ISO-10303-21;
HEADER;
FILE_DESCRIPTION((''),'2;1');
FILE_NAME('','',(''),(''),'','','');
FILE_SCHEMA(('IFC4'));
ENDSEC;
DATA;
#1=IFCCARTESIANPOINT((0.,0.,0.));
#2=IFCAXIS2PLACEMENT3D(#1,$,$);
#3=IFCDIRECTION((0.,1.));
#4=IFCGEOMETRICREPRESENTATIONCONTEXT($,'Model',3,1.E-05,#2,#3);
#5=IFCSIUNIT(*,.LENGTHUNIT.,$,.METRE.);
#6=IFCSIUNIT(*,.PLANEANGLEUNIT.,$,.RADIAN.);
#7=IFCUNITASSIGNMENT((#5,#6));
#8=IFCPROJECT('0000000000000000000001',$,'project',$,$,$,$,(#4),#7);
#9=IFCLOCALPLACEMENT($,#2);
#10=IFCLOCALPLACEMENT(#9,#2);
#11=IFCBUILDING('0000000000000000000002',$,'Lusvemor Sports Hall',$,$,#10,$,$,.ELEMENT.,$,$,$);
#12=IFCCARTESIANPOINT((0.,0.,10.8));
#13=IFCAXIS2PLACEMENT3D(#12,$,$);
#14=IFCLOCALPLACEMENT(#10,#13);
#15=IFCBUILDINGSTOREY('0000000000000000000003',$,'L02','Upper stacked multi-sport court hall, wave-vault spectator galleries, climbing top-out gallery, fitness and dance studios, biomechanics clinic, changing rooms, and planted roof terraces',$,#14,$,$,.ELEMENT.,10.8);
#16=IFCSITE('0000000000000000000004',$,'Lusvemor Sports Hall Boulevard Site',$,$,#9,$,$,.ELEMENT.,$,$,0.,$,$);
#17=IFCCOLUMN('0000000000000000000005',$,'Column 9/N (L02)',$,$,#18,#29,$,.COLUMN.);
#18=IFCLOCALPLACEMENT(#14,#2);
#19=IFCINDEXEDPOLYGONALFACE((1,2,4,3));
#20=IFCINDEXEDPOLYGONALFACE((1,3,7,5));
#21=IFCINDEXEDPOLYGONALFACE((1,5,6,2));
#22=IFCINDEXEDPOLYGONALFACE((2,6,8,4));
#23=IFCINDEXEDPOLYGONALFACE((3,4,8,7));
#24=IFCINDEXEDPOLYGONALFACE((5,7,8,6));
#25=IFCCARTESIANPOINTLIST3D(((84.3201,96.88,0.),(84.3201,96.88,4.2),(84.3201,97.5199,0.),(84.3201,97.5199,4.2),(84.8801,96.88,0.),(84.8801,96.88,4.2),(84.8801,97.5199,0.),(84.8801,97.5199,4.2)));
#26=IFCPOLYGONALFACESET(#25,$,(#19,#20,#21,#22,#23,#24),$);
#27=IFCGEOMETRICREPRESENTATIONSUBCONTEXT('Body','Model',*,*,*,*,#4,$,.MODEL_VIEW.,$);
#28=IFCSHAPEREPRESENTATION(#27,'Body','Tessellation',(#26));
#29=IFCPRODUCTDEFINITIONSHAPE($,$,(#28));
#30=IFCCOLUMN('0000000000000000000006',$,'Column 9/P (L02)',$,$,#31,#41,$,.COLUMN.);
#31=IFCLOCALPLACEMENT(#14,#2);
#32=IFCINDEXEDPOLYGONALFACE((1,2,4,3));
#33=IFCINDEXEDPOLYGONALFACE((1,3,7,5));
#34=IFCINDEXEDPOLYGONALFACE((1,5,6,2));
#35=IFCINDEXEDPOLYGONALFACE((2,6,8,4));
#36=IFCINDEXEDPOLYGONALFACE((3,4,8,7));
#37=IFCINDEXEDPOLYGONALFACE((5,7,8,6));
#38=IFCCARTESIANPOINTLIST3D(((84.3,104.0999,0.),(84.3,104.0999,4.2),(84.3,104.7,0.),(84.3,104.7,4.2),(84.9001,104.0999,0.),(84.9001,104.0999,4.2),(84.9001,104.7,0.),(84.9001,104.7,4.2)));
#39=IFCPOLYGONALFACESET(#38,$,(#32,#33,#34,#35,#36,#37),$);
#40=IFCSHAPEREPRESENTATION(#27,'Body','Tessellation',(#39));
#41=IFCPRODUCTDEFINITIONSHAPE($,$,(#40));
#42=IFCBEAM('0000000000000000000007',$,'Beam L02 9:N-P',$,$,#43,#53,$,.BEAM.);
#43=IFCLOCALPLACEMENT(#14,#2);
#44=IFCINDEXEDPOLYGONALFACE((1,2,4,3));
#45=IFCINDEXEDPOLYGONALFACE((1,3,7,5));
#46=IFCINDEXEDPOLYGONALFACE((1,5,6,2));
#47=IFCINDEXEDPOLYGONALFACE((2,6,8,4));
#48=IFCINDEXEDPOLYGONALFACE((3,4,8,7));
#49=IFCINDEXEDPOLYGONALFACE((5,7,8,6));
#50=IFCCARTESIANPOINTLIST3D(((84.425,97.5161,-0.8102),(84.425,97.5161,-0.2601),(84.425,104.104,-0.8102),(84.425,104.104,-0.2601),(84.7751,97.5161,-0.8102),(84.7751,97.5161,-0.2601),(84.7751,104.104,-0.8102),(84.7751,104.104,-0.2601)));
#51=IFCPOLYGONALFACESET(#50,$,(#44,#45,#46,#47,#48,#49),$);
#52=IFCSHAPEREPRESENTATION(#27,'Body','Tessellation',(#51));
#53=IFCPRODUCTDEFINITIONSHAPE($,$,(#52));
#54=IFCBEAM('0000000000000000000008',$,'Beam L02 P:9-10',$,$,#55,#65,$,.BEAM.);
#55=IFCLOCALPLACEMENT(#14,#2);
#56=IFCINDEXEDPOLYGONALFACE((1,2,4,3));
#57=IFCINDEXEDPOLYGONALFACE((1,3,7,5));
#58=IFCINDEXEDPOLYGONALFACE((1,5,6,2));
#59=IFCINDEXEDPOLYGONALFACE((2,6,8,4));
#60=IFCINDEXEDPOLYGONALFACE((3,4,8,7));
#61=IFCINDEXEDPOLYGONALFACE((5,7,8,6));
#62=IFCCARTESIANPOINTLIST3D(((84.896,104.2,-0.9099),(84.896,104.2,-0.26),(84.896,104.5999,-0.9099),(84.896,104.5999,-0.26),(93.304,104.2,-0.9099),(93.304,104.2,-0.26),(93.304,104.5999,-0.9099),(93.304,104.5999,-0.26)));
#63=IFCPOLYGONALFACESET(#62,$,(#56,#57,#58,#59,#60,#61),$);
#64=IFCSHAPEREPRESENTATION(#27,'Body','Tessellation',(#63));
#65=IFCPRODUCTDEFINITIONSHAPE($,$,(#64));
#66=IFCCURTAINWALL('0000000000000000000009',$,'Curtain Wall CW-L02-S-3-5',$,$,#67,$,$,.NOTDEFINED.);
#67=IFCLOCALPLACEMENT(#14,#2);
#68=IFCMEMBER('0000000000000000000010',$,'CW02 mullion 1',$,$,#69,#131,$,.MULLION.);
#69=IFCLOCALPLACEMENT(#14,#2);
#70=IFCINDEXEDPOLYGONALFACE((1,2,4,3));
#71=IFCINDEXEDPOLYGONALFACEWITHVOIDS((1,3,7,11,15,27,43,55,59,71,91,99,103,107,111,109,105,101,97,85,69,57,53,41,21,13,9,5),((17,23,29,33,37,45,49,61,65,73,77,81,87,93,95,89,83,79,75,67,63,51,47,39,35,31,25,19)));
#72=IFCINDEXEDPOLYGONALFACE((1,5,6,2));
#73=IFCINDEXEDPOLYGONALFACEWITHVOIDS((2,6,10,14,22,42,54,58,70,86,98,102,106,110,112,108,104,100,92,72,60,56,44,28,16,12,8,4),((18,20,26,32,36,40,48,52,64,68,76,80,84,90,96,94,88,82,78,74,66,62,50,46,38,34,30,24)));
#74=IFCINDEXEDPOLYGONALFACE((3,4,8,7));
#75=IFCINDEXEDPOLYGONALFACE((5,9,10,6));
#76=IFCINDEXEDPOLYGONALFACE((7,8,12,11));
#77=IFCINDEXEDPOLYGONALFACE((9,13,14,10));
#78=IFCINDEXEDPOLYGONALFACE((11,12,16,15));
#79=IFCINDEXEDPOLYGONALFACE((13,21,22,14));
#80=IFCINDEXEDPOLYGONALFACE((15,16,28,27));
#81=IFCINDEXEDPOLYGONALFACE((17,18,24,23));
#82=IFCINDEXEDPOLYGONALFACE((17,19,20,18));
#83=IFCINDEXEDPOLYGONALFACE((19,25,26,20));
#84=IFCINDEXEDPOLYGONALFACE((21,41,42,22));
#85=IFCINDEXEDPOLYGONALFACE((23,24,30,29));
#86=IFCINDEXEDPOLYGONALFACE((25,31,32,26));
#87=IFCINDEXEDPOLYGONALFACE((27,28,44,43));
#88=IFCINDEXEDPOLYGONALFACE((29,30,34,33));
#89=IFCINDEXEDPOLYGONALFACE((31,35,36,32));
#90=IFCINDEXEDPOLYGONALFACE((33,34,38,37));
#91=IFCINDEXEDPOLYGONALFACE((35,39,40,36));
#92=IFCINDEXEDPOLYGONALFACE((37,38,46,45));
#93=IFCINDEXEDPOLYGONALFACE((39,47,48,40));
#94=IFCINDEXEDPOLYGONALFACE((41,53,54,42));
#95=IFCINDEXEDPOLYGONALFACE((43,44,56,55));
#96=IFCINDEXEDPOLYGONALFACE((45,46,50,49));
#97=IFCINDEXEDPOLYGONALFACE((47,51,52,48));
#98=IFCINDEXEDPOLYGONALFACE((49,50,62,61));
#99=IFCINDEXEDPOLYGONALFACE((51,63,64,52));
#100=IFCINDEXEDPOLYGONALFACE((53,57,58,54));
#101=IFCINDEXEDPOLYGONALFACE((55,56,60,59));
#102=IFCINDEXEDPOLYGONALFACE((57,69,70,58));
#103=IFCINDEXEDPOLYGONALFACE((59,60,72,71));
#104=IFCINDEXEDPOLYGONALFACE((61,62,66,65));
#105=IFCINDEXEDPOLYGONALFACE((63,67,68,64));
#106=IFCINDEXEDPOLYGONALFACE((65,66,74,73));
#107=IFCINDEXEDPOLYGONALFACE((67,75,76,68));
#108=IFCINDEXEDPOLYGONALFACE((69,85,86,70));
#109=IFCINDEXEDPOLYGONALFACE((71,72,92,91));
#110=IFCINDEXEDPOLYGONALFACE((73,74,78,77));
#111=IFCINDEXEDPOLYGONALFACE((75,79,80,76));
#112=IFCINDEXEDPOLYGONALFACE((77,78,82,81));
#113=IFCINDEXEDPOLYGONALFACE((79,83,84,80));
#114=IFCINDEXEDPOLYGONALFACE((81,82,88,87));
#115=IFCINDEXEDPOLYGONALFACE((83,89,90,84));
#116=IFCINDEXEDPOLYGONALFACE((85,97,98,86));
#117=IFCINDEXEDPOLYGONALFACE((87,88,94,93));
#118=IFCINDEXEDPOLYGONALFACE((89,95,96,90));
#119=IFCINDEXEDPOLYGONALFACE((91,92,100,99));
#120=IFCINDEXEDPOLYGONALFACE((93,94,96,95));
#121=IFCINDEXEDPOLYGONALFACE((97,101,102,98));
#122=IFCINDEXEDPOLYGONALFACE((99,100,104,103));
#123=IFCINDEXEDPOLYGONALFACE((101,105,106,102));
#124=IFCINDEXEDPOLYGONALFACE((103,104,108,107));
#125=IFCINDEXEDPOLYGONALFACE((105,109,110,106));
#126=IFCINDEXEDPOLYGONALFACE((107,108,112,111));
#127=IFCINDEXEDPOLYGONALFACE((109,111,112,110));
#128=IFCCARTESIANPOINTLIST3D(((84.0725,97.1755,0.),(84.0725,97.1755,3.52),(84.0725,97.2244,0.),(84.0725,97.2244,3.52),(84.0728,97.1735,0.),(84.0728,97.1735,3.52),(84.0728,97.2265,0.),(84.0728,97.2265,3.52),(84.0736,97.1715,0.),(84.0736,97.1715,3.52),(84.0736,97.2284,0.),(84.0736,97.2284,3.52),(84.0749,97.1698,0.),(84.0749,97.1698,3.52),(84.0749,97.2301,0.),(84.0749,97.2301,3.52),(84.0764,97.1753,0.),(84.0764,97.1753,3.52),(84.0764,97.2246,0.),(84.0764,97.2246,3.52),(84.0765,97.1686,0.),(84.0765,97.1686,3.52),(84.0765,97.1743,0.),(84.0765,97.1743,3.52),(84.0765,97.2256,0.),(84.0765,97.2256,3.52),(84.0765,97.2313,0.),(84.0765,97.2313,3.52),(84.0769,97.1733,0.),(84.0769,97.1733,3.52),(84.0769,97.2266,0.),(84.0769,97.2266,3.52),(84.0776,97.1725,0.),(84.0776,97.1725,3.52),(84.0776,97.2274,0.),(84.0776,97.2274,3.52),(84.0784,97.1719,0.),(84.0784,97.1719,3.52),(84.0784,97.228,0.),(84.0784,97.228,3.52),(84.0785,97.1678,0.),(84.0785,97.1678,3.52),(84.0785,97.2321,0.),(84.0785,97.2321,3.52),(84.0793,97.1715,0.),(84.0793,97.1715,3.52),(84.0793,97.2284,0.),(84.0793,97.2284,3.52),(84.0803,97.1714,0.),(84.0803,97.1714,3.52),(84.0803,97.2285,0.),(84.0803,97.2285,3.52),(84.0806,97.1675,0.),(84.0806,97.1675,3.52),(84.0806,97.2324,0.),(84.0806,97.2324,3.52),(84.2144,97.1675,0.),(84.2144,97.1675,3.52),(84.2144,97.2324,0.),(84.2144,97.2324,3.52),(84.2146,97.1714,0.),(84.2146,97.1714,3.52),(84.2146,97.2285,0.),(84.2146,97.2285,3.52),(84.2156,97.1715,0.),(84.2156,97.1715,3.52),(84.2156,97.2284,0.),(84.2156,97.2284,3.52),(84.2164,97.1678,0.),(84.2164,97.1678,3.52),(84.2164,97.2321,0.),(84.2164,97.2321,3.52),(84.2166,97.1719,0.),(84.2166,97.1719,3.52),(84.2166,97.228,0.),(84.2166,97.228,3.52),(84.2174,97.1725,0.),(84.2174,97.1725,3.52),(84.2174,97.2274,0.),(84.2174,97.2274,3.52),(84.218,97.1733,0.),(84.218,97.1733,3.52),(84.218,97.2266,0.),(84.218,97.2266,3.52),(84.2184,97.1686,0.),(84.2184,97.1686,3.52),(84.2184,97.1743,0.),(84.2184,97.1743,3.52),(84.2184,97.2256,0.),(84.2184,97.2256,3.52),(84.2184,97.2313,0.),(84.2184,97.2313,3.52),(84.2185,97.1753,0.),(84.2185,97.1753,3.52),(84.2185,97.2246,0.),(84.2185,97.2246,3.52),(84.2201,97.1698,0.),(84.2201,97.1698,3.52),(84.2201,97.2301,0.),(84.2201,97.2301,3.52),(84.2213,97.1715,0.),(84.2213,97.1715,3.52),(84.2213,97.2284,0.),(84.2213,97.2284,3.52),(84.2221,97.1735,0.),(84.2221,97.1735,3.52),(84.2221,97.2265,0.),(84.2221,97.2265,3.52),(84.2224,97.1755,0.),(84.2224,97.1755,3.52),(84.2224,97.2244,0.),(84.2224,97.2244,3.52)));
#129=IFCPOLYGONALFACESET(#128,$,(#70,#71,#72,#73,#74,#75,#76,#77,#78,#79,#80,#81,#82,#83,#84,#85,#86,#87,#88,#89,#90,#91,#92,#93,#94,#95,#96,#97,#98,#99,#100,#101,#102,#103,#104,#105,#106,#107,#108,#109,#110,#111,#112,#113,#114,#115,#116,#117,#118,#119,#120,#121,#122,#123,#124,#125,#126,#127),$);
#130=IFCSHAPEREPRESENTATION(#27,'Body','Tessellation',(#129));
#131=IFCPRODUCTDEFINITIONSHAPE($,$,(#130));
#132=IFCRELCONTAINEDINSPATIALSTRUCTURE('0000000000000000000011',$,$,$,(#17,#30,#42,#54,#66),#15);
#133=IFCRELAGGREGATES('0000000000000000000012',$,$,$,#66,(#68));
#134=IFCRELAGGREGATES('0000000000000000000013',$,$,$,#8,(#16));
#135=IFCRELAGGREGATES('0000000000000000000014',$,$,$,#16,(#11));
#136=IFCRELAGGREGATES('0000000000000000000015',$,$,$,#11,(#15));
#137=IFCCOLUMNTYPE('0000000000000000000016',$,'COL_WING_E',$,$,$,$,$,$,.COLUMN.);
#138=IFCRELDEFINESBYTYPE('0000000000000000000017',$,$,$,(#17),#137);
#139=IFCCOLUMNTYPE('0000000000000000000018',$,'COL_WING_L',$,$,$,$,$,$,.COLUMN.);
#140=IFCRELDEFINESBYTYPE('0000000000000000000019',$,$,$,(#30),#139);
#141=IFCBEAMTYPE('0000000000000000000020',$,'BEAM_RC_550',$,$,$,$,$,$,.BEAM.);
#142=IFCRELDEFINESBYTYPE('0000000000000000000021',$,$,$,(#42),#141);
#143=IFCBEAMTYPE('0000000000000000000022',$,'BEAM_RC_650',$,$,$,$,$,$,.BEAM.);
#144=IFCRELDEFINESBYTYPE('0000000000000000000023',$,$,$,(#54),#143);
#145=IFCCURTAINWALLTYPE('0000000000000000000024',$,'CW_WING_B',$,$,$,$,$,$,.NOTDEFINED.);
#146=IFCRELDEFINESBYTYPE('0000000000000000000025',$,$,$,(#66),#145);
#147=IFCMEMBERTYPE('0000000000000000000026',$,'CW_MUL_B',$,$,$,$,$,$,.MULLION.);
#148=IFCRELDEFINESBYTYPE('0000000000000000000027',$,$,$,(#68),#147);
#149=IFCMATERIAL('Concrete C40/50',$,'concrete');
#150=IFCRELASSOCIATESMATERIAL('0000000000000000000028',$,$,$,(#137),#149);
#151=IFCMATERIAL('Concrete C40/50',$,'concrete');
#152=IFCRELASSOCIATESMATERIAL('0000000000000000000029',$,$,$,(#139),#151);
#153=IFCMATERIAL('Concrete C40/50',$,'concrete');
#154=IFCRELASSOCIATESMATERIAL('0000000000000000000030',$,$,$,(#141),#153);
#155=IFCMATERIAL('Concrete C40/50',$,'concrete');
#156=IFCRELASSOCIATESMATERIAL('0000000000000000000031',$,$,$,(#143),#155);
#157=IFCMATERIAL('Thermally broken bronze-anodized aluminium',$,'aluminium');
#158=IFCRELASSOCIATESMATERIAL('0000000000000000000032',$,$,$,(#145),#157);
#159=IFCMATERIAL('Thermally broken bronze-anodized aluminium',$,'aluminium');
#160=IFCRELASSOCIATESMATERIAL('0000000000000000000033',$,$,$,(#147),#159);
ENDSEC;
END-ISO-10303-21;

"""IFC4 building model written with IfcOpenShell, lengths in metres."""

from ifc_helpers import new_model, si_unit, direction, frame, origin, origin_2d, place, context, subcontext, project, spatial, rectangle, hollow_rectangle, extrude, material, material_profile, profile_set, type_object, element, aggregate, save


model = new_model("IFC4")

# Units and contexts
model_context = context("Model", 3, precision=1e-05, world=origin(), true_north=direction((0.0, 1.0)))
body_context = subcontext(model_context, "Body", "Model", "MODEL_VIEW")
ifc_project = project(units=[si_unit("LENGTHUNIT", "METRE"), si_unit("PLANEANGLEUNIT", "RADIAN")], contexts=[model_context])

# Site, building, storey
site_placement = place(None, origin())
site = spatial("IfcSite", under=ifc_project, at=site_placement, Name="Lusvemor Sports Hall Boulevard Site", CompositionType="ELEMENT", RefElevation=0.0)
building_placement = place(site_placement, origin())
building = spatial("IfcBuilding", under=site, at=building_placement, Name="Lusvemor Sports Hall", CompositionType="ELEMENT")
storey_placement = place(building_placement, frame((0.0, 0.0, 10.8)))
storey = spatial("IfcBuildingStorey", under=building, at=storey_placement, Name="L02", Description="Upper stacked multi-sport court hall, wave-vault spectator galleries, climbing top-out gallery, fitness and dance studios, biomechanics clinic, changing rooms, and planted roof terraces", CompositionType="ELEMENT", Elevation=10.8)

# Columns
ifc_material_1 = material(Name="Concrete C40/50", Category="concrete")
ifc_material_profile_1 = material_profile(ifc_material_1, rectangle(XDim=0.5601, YDim=0.6399, at=origin_2d()), Name="RC560x640")
ifc_profile_set_1 = profile_set([ifc_material_profile_1], Name="Concrete C40/50")
column_type_1 = type_object("IfcColumnType", Name="COL_WING_E", PredefinedType="COLUMN", material=ifc_profile_set_1)
column_1_placement = place(storey_placement, frame((84.6001, 97.2, 0.0), z_axis=(0.0, 0.0, 1.0), x_axis=(1.0, 0.0, 0.0)))
element("IfcColumn", 1, at=column_1_placement, inside=storey, type_object=column_type_1, Name="Column 9/N (L02)", PredefinedType="COLUMN", context=body_context, shape_type="SweptSolid", body=[
    extrude(rectangle(XDim=0.5601, YDim=0.6399, at=origin_2d()), origin(), (0.0, 0.0, 1.0), 4.2),
])
ifc_material_2 = material(Name="Concrete C40/50", Category="concrete")
ifc_material_profile_2 = material_profile(ifc_material_2, rectangle(XDim=0.6001, YDim=0.6001, at=origin_2d()), Name="RC600x600")
ifc_profile_set_2 = profile_set([ifc_material_profile_2], Name="Concrete C40/50")
column_type_2 = type_object("IfcColumnType", Name="COL_WING_L", PredefinedType="COLUMN", material=ifc_profile_set_2)
column_2_placement = place(storey_placement, frame((84.6001, 104.3999, 0.0), z_axis=(0.0, 0.0, 1.0), x_axis=(1.0, 0.0, 0.0)))
element("IfcColumn", 2, at=column_2_placement, inside=storey, type_object=column_type_2, Name="Column 9/P (L02)", PredefinedType="COLUMN", context=body_context, shape_type="SweptSolid", body=[
    extrude(rectangle(XDim=0.6001, YDim=0.6001, at=origin_2d()), origin(), (0.0, 0.0, 1.0), 4.2),
])

# Beams
ifc_material_3 = material(Name="Concrete C40/50", Category="concrete")
ifc_material_profile_3 = material_profile(ifc_material_3, rectangle(XDim=0.3501, YDim=0.55, at=origin_2d()), Name="RC350x550")
ifc_profile_set_3 = profile_set([ifc_material_profile_3], Name="Concrete C40/50")
beam_type_1 = type_object("IfcBeamType", Name="BEAM_RC_550", PredefinedType="BEAM", material=ifc_profile_set_3)
beam_1_placement = place(storey_placement, frame((84.6001, 97.5161, -0.5352), z_axis=(0.0, 1.0, 0.0), x_axis=(-1.0, 0.0, 0.0)))
element("IfcBeam", 3, at=beam_1_placement, inside=storey, type_object=beam_type_1, Name="Beam L02 9:N-P", PredefinedType="BEAM", context=body_context, shape_type="SweptSolid", body=[
    extrude(rectangle(XDim=0.3501, YDim=0.55, at=origin_2d()), origin(), (0.0, 0.0, 1.0), 6.5879),
])
ifc_material_4 = material(Name="Concrete C40/50", Category="concrete")
ifc_material_profile_4 = material_profile(ifc_material_4, rectangle(XDim=0.3999, YDim=0.6499, at=origin_2d()), Name="RC400x650")
ifc_profile_set_4 = profile_set([ifc_material_profile_4], Name="Concrete C40/50")
beam_type_2 = type_object("IfcBeamType", Name="BEAM_RC_650", PredefinedType="BEAM", material=ifc_profile_set_4)
beam_2_placement = place(storey_placement, frame((84.896, 104.3999, -0.585), z_axis=(1.0, 0.0, 0.0), x_axis=(0.0, 1.0, 0.0)))
element("IfcBeam", 4, at=beam_2_placement, inside=storey, type_object=beam_type_2, Name="Beam L02 P:9-10", PredefinedType="BEAM", context=body_context, shape_type="SweptSolid", body=[
    extrude(rectangle(XDim=0.3999, YDim=0.6499, at=origin_2d()), origin(), (0.0, 0.0, 1.0), 8.408),
])

# Curtain wall, member
ifc_material_5 = material(Name="Thermally broken bronze-anodized aluminium", Category="aluminium")
curtain_wall_type = type_object("IfcCurtainWallType", Name="CW_WING_B", PredefinedType="NOTDEFINED", material=ifc_material_5)
curtain_wall_1_placement = place(storey_placement, origin())
curtain_wall_1 = element("IfcCurtainWall", 5, at=curtain_wall_1_placement, inside=storey, type_object=curtain_wall_type, Name="Curtain Wall CW-L02-S-3-5", PredefinedType="NOTDEFINED")
ifc_material_6 = material(Name="Thermally broken bronze-anodized aluminium", Category="aluminium")
ifc_material_profile_5 = material_profile(ifc_material_6, hollow_rectangle(XDim=0.0649, YDim=0.1499, WallThickness=0.0039, InnerFilletRadius=0.0039, OuterFilletRadius=0.0081, at=origin_2d()), Name="CWMUL150x65x4")
ifc_profile_set_5 = profile_set([ifc_material_profile_5], Name="Thermally broken bronze-anodized aluminium")
member_type_1 = type_object("IfcMemberType", Name="CW_MUL_B", PredefinedType="MULLION", material=ifc_profile_set_5)
member_1_placement = place(storey_placement, frame((84.1475, 97.2, 0.0), z_axis=(0.0, 0.0, 1.0), x_axis=(0.0, -1.0, 0.0)))
member_1 = element("IfcMember", 6, at=member_1_placement, type_object=member_type_1, Name="CW02 mullion 1", PredefinedType="MULLION", context=body_context, shape_type="SweptSolid", body=[
    extrude(hollow_rectangle(XDim=0.0649, YDim=0.1499, WallThickness=0.0039, InnerFilletRadius=0.0039, OuterFilletRadius=0.0081, at=origin_2d()), origin(), (0.0, 0.0, 1.0), 3.52),
])

aggregate(curtain_wall_1, [member_1])

save(model, "model.ifc")
